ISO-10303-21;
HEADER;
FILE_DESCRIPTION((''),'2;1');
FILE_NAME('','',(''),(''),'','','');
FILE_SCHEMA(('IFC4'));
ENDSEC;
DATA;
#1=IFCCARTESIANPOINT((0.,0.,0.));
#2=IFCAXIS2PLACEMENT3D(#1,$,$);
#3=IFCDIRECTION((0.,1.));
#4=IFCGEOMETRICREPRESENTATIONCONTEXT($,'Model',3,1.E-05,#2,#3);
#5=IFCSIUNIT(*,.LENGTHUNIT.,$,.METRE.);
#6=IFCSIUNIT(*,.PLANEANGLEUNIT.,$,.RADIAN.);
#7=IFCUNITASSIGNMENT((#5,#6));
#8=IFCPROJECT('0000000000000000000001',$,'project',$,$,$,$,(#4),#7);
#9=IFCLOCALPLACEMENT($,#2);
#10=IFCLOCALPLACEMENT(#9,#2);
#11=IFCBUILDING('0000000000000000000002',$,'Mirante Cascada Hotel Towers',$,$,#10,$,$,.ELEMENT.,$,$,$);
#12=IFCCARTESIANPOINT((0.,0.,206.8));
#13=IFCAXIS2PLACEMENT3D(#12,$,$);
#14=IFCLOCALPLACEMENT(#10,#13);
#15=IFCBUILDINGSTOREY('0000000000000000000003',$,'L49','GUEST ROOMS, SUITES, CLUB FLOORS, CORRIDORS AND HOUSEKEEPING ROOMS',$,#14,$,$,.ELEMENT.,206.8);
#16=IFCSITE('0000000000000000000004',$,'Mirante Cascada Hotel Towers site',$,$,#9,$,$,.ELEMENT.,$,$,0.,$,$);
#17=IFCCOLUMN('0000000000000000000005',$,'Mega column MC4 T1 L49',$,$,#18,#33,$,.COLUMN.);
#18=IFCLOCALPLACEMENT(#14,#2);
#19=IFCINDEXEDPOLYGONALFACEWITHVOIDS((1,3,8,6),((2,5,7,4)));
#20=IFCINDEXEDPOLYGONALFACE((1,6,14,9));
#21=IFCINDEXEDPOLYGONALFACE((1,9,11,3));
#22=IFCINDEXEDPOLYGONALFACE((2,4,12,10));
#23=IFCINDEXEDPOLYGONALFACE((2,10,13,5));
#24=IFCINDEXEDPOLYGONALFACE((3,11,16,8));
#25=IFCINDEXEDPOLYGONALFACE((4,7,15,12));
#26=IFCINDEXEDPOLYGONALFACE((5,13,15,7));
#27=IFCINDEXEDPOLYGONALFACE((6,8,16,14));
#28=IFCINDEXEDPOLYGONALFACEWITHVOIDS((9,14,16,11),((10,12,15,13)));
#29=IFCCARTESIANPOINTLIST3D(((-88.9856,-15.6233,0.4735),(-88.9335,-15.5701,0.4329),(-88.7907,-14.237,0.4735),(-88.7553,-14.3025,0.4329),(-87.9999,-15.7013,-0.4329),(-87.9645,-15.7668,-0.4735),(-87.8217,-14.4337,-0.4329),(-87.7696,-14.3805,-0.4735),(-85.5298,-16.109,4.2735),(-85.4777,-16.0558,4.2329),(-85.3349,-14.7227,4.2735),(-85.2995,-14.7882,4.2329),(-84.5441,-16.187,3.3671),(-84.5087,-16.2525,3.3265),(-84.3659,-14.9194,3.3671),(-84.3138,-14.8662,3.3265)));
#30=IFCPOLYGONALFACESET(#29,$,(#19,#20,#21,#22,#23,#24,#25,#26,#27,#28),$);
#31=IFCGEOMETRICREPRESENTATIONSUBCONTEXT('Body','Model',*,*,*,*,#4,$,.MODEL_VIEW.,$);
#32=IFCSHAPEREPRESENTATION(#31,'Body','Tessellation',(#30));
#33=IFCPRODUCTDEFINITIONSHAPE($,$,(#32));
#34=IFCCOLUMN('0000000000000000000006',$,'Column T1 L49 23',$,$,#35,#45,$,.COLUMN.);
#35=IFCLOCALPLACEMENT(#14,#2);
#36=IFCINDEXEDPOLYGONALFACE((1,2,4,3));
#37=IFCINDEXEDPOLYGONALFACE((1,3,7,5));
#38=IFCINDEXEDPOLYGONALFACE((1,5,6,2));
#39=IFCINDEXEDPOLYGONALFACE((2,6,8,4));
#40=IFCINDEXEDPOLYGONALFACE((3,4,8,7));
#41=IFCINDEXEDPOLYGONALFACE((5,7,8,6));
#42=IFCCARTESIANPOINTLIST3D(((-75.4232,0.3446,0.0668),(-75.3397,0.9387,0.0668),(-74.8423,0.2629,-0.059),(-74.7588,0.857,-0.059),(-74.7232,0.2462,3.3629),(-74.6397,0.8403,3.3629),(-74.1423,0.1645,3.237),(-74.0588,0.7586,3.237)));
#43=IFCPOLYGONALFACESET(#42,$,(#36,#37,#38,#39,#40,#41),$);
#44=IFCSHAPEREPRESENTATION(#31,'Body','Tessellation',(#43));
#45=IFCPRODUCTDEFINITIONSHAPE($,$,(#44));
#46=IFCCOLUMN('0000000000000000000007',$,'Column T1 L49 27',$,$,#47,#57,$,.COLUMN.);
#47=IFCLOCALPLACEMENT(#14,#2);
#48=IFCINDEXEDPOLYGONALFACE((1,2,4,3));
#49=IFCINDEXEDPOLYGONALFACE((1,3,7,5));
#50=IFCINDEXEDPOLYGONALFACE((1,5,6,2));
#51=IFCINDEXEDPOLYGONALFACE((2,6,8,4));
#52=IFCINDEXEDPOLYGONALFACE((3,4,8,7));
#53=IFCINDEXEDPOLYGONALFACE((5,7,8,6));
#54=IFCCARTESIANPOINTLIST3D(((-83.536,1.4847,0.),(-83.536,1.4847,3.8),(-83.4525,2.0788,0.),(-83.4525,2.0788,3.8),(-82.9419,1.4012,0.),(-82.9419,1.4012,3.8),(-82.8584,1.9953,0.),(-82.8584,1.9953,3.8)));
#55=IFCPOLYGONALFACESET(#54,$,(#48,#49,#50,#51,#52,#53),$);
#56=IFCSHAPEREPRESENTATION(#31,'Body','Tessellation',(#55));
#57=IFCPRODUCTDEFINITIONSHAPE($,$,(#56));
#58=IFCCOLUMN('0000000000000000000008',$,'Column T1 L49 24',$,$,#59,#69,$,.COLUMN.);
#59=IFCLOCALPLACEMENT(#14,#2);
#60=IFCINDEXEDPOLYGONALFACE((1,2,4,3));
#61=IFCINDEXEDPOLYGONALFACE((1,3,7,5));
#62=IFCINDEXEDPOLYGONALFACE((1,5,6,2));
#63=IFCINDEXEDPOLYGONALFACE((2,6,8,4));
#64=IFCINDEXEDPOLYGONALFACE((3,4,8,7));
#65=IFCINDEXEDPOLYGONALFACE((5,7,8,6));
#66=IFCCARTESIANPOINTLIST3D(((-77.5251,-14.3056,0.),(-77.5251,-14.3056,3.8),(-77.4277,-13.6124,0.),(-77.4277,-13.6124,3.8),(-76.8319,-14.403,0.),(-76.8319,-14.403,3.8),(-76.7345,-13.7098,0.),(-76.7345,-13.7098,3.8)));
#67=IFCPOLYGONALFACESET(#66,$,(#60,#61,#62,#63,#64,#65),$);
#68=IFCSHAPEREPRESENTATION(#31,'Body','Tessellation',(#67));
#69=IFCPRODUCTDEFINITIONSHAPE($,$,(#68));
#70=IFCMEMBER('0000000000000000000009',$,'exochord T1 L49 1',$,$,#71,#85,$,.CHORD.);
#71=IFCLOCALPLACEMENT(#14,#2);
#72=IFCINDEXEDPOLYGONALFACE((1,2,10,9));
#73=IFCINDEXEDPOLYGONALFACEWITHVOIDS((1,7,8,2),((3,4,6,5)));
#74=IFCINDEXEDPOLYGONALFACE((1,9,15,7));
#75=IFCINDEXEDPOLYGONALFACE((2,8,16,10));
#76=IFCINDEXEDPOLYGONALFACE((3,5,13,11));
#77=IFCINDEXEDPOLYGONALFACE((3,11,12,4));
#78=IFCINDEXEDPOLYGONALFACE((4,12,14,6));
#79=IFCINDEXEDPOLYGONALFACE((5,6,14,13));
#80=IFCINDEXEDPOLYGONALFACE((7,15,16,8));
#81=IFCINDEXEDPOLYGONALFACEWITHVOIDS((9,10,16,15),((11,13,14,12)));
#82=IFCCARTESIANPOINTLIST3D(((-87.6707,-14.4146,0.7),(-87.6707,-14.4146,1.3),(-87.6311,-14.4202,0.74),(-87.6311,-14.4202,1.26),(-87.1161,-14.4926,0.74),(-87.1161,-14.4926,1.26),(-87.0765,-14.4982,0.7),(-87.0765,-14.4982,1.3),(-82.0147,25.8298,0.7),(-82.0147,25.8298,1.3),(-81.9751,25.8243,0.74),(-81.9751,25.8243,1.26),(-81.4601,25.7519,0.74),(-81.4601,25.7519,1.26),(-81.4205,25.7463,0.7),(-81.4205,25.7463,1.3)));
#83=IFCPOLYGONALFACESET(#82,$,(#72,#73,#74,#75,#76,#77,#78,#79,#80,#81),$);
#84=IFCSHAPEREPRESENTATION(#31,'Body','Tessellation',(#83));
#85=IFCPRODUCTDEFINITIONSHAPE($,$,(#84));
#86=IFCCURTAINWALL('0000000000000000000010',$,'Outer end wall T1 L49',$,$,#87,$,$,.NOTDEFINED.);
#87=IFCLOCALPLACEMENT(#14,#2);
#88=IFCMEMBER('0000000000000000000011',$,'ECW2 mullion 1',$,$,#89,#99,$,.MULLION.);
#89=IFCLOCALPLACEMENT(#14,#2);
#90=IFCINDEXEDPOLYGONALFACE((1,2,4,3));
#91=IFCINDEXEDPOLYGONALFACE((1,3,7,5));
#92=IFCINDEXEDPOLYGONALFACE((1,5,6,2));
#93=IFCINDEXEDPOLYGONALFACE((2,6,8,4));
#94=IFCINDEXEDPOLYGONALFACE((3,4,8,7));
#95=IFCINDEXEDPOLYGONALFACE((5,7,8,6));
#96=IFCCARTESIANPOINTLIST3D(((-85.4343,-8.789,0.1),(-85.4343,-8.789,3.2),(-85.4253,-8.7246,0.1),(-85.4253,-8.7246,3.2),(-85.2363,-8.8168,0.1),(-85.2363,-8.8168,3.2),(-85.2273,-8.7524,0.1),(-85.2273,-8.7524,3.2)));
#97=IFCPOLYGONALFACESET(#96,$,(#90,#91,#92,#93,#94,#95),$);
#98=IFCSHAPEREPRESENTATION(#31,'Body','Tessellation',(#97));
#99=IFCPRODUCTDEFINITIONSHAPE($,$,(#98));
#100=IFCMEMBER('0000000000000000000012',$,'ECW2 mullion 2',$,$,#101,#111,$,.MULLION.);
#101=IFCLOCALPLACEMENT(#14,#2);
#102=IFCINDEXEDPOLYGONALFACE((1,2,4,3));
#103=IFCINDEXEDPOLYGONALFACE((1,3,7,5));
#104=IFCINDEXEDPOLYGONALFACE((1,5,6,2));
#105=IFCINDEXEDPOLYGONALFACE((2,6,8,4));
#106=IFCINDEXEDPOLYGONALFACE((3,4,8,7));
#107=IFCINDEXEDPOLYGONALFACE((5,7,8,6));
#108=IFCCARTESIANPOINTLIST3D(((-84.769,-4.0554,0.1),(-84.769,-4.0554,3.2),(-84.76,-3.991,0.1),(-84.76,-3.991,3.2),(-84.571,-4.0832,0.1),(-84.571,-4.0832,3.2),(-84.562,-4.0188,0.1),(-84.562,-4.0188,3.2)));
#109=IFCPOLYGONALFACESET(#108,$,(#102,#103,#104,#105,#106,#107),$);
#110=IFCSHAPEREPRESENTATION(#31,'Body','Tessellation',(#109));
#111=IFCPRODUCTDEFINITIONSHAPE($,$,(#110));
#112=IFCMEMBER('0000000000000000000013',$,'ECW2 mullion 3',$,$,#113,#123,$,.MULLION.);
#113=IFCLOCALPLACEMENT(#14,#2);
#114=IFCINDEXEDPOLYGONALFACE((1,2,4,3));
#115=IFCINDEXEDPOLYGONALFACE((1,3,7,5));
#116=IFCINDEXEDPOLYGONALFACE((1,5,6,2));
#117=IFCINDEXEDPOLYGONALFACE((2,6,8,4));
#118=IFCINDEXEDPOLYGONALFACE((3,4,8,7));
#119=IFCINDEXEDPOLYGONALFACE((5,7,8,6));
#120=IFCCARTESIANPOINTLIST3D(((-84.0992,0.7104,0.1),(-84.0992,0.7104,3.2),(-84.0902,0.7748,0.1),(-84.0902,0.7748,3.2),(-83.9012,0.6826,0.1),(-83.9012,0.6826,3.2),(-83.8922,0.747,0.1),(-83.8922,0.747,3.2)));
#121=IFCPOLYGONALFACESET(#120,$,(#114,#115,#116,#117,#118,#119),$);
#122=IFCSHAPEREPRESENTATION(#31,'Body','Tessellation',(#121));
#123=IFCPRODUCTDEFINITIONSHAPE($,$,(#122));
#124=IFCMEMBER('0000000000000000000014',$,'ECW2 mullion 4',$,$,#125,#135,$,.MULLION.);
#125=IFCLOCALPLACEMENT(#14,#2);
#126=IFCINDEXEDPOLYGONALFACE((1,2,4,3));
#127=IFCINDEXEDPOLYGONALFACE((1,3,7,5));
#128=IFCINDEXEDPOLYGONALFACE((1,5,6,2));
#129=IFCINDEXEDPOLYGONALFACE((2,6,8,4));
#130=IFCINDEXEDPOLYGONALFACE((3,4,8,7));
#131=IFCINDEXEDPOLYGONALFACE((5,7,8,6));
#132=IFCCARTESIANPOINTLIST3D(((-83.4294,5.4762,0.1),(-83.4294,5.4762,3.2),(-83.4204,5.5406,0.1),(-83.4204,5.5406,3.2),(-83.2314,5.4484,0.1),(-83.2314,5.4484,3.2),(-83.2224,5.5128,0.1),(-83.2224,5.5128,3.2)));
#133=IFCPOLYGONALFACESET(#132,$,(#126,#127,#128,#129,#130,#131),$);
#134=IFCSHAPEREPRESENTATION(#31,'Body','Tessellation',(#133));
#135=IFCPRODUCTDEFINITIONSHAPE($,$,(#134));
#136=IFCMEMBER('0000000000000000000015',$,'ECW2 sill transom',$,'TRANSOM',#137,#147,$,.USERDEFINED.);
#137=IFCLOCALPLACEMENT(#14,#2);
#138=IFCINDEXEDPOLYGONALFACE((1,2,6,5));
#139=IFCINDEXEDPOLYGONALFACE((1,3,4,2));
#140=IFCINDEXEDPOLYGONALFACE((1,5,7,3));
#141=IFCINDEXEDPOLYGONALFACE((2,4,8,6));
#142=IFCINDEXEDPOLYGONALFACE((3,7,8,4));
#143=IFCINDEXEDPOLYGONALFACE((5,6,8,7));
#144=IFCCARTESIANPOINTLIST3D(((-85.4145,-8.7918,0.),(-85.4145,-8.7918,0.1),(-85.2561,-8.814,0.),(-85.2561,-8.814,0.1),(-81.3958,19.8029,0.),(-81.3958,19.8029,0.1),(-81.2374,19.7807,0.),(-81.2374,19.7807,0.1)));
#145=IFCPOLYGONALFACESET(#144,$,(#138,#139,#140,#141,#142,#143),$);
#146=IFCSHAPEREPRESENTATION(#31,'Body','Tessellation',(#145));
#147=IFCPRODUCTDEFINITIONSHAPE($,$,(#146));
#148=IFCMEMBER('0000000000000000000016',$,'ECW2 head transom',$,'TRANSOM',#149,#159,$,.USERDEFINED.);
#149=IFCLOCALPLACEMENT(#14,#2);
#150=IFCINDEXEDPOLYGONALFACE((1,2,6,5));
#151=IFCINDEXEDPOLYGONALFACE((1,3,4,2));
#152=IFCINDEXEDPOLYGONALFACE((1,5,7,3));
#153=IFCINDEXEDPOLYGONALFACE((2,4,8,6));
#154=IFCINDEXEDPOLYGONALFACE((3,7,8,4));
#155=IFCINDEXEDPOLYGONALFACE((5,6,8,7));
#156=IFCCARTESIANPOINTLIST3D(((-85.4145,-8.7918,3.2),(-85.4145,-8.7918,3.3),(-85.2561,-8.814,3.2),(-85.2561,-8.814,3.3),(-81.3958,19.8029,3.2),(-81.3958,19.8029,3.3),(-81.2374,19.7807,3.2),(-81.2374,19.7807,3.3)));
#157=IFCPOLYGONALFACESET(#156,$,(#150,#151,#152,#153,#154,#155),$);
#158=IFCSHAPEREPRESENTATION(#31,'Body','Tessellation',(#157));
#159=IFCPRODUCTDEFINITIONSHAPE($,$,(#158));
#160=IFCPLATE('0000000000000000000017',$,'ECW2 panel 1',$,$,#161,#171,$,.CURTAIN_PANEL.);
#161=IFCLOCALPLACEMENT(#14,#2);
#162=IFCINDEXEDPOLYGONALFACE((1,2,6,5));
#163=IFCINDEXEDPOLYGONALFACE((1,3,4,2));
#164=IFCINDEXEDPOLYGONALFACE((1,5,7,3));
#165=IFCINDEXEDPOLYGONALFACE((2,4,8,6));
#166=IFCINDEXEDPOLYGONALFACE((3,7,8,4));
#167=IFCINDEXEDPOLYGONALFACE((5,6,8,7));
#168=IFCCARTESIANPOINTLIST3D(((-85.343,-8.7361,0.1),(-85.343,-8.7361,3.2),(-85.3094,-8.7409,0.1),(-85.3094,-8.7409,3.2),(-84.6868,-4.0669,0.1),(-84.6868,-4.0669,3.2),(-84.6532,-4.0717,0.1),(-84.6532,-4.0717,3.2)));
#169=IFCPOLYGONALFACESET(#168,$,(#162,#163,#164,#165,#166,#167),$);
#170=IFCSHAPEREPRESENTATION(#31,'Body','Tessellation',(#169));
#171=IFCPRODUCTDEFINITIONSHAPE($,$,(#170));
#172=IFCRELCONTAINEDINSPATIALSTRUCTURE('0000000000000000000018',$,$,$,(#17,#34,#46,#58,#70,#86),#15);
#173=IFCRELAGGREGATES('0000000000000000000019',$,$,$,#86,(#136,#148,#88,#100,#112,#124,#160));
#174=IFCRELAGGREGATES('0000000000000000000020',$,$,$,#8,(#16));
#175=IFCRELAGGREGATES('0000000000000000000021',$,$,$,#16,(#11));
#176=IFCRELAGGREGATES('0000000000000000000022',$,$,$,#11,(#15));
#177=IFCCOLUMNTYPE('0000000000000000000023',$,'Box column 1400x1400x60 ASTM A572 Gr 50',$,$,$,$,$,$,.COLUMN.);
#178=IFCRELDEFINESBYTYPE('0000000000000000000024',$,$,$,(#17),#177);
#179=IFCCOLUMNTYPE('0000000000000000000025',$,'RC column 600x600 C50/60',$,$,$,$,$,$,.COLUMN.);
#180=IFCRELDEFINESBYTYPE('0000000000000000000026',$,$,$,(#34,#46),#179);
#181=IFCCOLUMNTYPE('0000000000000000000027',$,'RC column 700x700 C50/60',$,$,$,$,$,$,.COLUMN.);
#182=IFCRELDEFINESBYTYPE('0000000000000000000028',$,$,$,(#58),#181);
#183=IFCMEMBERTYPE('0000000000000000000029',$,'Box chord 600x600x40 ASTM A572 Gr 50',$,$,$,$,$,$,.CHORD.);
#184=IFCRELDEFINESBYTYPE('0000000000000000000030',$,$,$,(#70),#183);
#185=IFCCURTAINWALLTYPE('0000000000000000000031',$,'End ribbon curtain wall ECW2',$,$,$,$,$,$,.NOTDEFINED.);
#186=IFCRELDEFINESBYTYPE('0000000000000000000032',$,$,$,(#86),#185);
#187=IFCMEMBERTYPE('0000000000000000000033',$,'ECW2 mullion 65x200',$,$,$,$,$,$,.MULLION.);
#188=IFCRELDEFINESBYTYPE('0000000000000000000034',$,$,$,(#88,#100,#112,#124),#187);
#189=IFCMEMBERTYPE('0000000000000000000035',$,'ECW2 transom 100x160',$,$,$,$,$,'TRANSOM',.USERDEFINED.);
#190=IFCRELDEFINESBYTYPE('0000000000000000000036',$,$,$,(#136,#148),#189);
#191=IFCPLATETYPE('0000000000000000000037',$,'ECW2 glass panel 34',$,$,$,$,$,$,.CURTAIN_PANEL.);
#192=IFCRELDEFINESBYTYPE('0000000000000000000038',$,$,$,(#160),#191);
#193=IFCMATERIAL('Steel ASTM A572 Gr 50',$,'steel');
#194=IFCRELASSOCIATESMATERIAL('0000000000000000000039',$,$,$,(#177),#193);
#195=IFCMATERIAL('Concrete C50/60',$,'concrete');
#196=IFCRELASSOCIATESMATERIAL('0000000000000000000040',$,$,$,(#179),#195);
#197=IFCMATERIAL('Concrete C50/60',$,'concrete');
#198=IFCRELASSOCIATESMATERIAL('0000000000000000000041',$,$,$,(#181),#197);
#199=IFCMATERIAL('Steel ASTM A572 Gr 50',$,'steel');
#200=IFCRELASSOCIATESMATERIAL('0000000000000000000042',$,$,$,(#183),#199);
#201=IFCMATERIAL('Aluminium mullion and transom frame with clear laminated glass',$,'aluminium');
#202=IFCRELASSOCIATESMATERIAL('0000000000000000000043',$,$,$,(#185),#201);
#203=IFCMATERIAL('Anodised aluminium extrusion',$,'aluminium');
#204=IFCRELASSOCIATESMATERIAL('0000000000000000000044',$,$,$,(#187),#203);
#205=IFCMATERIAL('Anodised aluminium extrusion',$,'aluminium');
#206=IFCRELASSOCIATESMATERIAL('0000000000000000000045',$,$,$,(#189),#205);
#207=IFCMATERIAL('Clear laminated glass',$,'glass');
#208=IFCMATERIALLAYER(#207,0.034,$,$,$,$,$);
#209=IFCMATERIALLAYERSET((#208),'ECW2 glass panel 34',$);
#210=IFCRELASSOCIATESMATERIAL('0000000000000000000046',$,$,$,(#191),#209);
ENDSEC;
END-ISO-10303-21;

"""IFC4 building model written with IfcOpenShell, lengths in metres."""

from ifc_helpers import new_model, si_unit, direction, frame, origin, origin_2d, place, context, subcontext, project, spatial, rectangle, hollow_rectangle, extrude, material, layer, layer_set, material_profile, profile_set, type_object, element, aggregate, save


model = new_model("IFC4")

# Units and contexts
model_context = context("Model", 3, precision=1e-05, world=origin(), true_north=direction((0.0, 1.0)))
body_context = subcontext(model_context, "Body", "Model", "MODEL_VIEW")
ifc_project = project(units=[si_unit("LENGTHUNIT", "METRE"), si_unit("PLANEANGLEUNIT", "RADIAN")], contexts=[model_context])

# Site, building, storey
site_placement = place(None, origin())
site = spatial("IfcSite", under=ifc_project, at=site_placement, Name="Mirante Cascada Hotel Towers site", CompositionType="ELEMENT", RefElevation=0.0)
building_placement = place(site_placement, origin())
building = spatial("IfcBuilding", under=site, at=building_placement, Name="Mirante Cascada Hotel Towers", CompositionType="ELEMENT")
storey_placement = place(building_placement, frame((0.0, 0.0, 206.8)))
storey = spatial("IfcBuildingStorey", under=building, at=storey_placement, Name="L49", Description="GUEST ROOMS, SUITES, CLUB FLOORS, CORRIDORS AND HOUSEKEEPING ROOMS", CompositionType="ELEMENT", Elevation=206.8)

# Columns
ifc_material_1 = material(Name="Steel ASTM A572 Gr 50", Category="steel")
ifc_material_profile_1 = material_profile(ifc_material_1, hollow_rectangle(XDim=1.4, YDim=1.4, WallThickness=0.06, at=origin_2d()), Name="Box column 1400x1400x60 ASTM A572 Gr 50")
ifc_profile_set_1 = profile_set([ifc_material_profile_1], Name="Steel ASTM A572 Gr 50")
column_type_1 = type_object("IfcColumnType", Name="Box column 1400x1400x60 ASTM A572 Gr 50", PredefinedType="COLUMN", material=ifc_profile_set_1)
column_1_placement = place(storey_placement, frame((-88.3776, -15.0019, 0.0), z_axis=(0.669818, -0.094141, 0.736533), x_axis=(0.139178, 0.990267, 0.0)))
element("IfcColumn", 1, at=column_1_placement, inside=storey, type_object=column_type_1, Name="Mega column MC4 T1 L49", PredefinedType="COLUMN", context=body_context, shape_type="SweptSolid", body=[
    extrude(hollow_rectangle(XDim=1.4, YDim=1.4, WallThickness=0.06, at=origin_2d()), origin(), (0.0, 0.0, 1.0), 5.1593),
])
ifc_material_2 = material(Name="Concrete C50/60", Category="concrete")
ifc_material_profile_2 = material_profile(ifc_material_2, rectangle(XDim=0.6, YDim=0.6, at=origin_2d()), Name="RC column 600x600 C50/60")
ifc_profile_set_2 = profile_set([ifc_material_profile_2], Name="Concrete C50/60")
column_type_2 = type_object("IfcColumnType", Name="RC column 600x600 C50/60", PredefinedType="COLUMN", material=ifc_profile_set_2)
column_2_placement = place(storey_placement, frame((-75.091, 0.6008, 0.0039), z_axis=(0.207651, -0.02919, 0.977767), x_axis=(0.139203, 0.990264, 0.0)))
element("IfcColumn", 2, at=column_2_placement, inside=storey, type_object=column_type_2, Name="Column T1 L49 23", PredefinedType="COLUMN", context=body_context, shape_type="SweptSolid", body=[
    extrude(rectangle(XDim=0.6, YDim=0.6, at=origin_2d()), origin(), (0.0, 0.0, 1.0), 3.371),
])
column_3_placement = place(storey_placement, frame((-83.1972, 1.74, 0.0), z_axis=(0.0, 0.0, 1.0), x_axis=(-0.990268, 0.139173, 0.0)))
element("IfcColumn", 3, at=column_3_placement, inside=storey, type_object=column_type_2, Name="Column T1 L49 27", PredefinedType="COLUMN", context=body_context, shape_type="SweptSolid", body=[
    extrude(rectangle(XDim=0.6, YDim=0.6, at=origin_2d()), origin(), (0.0, 0.0, 1.0), 3.8),
])
ifc_material_3 = material(Name="Concrete C50/60", Category="concrete")
ifc_material_profile_3 = material_profile(ifc_material_3, rectangle(XDim=0.7, YDim=0.7, at=origin_2d()), Name="RC column 700x700 C50/60")
ifc_profile_set_3 = profile_set([ifc_material_profile_3], Name="Concrete C50/60")
column_type_3 = type_object("IfcColumnType", Name="RC column 700x700 C50/60", PredefinedType="COLUMN", material=ifc_profile_set_3)
column_4_placement = place(storey_placement, frame((-77.1298, -14.0077, 0.0), z_axis=(0.0, 0.0, 1.0), x_axis=(-0.990268, 0.139173, 0.0)))
element("IfcColumn", 4, at=column_4_placement, inside=storey, type_object=column_type_3, Name="Column T1 L49 24", PredefinedType="COLUMN", context=body_context, shape_type="SweptSolid", body=[
    extrude(rectangle(XDim=0.7, YDim=0.7, at=origin_2d()), origin(), (0.0, 0.0, 1.0), 3.8),
])

# Member
ifc_material_4 = material(Name="Steel ASTM A572 Gr 50", Category="steel")
ifc_material_profile_4 = material_profile(ifc_material_4, hollow_rectangle(XDim=0.6, YDim=0.6, WallThickness=0.04, at=origin_2d()), Name="Box chord 600x600x40 ASTM A572 Gr 50")
ifc_profile_set_4 = profile_set([ifc_material_profile_4], Name="Steel ASTM A572 Gr 50")
member_type_1 = type_object("IfcMemberType", Name="Box chord 600x600x40 ASTM A572 Gr 50", PredefinedType="CHORD", material=ifc_profile_set_4)
member_1_placement = place(storey_placement, frame((-87.3736, -14.4564, 1.0), z_axis=(0.139173, 0.990268, 0.0), x_axis=(-0.990268, 0.139173, 0.0)))
element("IfcMember", 5, at=member_1_placement, inside=storey, type_object=member_type_1, Name="exochord T1 L49 1", PredefinedType="CHORD", context=body_context, shape_type="SweptSolid", body=[
    extrude(hollow_rectangle(XDim=0.6, YDim=0.6, WallThickness=0.04, at=origin_2d()), origin(), (0.0, 0.0, 1.0), 40.64),
])

# Curtain wall, members, plate
ifc_material_5 = material(Name="Aluminium mullion and transom frame with clear laminated glass", Category="aluminium")
curtain_wall_type = type_object("IfcCurtainWallType", Name="End ribbon curtain wall ECW2", PredefinedType="NOTDEFINED", material=ifc_material_5)
curtain_wall_placement = place(storey_placement, origin())
curtain_wall = element("IfcCurtainWall", 6, at=curtain_wall_placement, inside=storey, type_object=curtain_wall_type, Name="Outer end wall T1 L49", PredefinedType="NOTDEFINED")
ifc_material_6 = material(Name="Anodised aluminium extrusion", Category="aluminium")
ifc_material_profile_5 = material_profile(ifc_material_6, rectangle(XDim=0.2, YDim=0.065, at=origin_2d()), Name="ECW2 MULLION 65x200")
ifc_profile_set_5 = profile_set([ifc_material_profile_5], Name="Anodised aluminium extrusion")
member_type_2 = type_object("IfcMemberType", Name="ECW2 mullion 65x200", PredefinedType="MULLION", material=ifc_profile_set_5)
member_2_placement = place(storey_placement, frame((-85.3308, -8.7707, 0.1), z_axis=(0.0, 0.0, 1.0), x_axis=(-0.990268, 0.139173, 0.0)))
member_2 = element("IfcMember", 7, at=member_2_placement, type_object=member_type_2, Name="ECW2 mullion 1", PredefinedType="MULLION", context=body_context, shape_type="SweptSolid", body=[
    extrude(rectangle(XDim=0.2, YDim=0.065, at=origin_2d()), origin(), (0.0, 0.0, 1.0), 3.1),
])
member_3_placement = place(storey_placement, frame((-84.6655, -4.0371, 0.1), z_axis=(0.0, 0.0, 1.0), x_axis=(-0.990268, 0.139173, 0.0)))
member_3 = element("IfcMember", 8, at=member_3_placement, type_object=member_type_2, Name="ECW2 mullion 2", PredefinedType="MULLION", context=body_context, shape_type="SweptSolid", body=[
    extrude(rectangle(XDim=0.2, YDim=0.065, at=origin_2d()), origin(), (0.0, 0.0, 1.0), 3.1),
])
member_4_placement = place(storey_placement, frame((-83.9957, 0.7287, 0.1), z_axis=(0.0, 0.0, 1.0), x_axis=(-0.990268, 0.139173, 0.0)))
member_4 = element("IfcMember", 9, at=member_4_placement, type_object=member_type_2, Name="ECW2 mullion 3", PredefinedType="MULLION", context=body_context, shape_type="SweptSolid", body=[
    extrude(rectangle(XDim=0.2, YDim=0.065, at=origin_2d()), origin(), (0.0, 0.0, 1.0), 3.1),
])
member_5_placement = place(storey_placement, frame((-83.3259, 5.4945, 0.1), z_axis=(0.0, 0.0, 1.0), x_axis=(-0.990268, 0.139173, 0.0)))
member_5 = element("IfcMember", 10, at=member_5_placement, type_object=member_type_2, Name="ECW2 mullion 4", PredefinedType="MULLION", context=body_context, shape_type="SweptSolid", body=[
    extrude(rectangle(XDim=0.2, YDim=0.065, at=origin_2d()), origin(), (0.0, 0.0, 1.0), 3.1),
])
ifc_material_7 = material(Name="Anodised aluminium extrusion", Category="aluminium")
ifc_material_profile_6 = material_profile(ifc_material_7, rectangle(XDim=0.16, YDim=0.1, at=origin_2d()), Name="ECW2 TRANSOM 100x160")
ifc_profile_set_6 = profile_set([ifc_material_profile_6], Name="Anodised aluminium extrusion")
member_type_3 = type_object("IfcMemberType", Name="ECW2 transom 100x160", ElementType="TRANSOM", PredefinedType="USERDEFINED", material=ifc_profile_set_6)
member_6_placement = place(storey_placement, frame((-85.3353, -8.8029, 0.05), z_axis=(0.139172, 0.990268, 0.0), x_axis=(-0.990268, 0.139172, 0.0)))
member_6 = element("IfcMember", 11, at=member_6_placement, type_object=member_type_3, Name="ECW2 sill transom", ObjectType="TRANSOM", PredefinedType="USERDEFINED", context=body_context, shape_type="SweptSolid", body=[
    extrude(rectangle(XDim=0.16, YDim=0.1, at=origin_2d()), origin(), (0.0, 0.0, 1.0), 28.8757),
])
member_7_placement = place(storey_placement, frame((-85.3353, -8.8029, 3.25), z_axis=(0.139172, 0.990268, 0.0), x_axis=(-0.990268, 0.139172, 0.0)))
member_7 = element("IfcMember", 12, at=member_7_placement, type_object=member_type_3, Name="ECW2 head transom", ObjectType="TRANSOM", PredefinedType="USERDEFINED", context=body_context, shape_type="SweptSolid", body=[
    extrude(rectangle(XDim=0.16, YDim=0.1, at=origin_2d()), origin(), (0.0, 0.0, 1.0), 28.8757),
])
ifc_material_8 = material(Name="Clear laminated glass", Category="glass")
ifc_layer_1 = layer(ifc_material_8, 0.034)
ifc_layer_set_1 = layer_set([ifc_layer_1], Name="ECW2 glass panel 34")
plate_type_1 = type_object("IfcPlateType", Name="ECW2 glass panel 34", PredefinedType="CURTAIN_PANEL", material=ifc_layer_set_1)
plate_1_placement = place(storey_placement, frame((-84.9981, -6.4039, 0.1), z_axis=(0.0, 0.0, 1.0), x_axis=(0.139173, 0.990268, 0.0)))
plate_1 = element("IfcPlate", 13, at=plate_1_placement, type_object=plate_type_1, Name="ECW2 panel 1", PredefinedType="CURTAIN_PANEL", context=body_context, shape_type="SweptSolid", body=[
    extrude(rectangle(XDim=4.7151, YDim=0.034, at=origin_2d()), origin(), (0.0, 0.0, 1.0), 3.1),
])
aggregate(curtain_wall, [member_6, member_7, member_2, member_3, member_4, member_5, plate_1])

save(model, "model.ifc")
